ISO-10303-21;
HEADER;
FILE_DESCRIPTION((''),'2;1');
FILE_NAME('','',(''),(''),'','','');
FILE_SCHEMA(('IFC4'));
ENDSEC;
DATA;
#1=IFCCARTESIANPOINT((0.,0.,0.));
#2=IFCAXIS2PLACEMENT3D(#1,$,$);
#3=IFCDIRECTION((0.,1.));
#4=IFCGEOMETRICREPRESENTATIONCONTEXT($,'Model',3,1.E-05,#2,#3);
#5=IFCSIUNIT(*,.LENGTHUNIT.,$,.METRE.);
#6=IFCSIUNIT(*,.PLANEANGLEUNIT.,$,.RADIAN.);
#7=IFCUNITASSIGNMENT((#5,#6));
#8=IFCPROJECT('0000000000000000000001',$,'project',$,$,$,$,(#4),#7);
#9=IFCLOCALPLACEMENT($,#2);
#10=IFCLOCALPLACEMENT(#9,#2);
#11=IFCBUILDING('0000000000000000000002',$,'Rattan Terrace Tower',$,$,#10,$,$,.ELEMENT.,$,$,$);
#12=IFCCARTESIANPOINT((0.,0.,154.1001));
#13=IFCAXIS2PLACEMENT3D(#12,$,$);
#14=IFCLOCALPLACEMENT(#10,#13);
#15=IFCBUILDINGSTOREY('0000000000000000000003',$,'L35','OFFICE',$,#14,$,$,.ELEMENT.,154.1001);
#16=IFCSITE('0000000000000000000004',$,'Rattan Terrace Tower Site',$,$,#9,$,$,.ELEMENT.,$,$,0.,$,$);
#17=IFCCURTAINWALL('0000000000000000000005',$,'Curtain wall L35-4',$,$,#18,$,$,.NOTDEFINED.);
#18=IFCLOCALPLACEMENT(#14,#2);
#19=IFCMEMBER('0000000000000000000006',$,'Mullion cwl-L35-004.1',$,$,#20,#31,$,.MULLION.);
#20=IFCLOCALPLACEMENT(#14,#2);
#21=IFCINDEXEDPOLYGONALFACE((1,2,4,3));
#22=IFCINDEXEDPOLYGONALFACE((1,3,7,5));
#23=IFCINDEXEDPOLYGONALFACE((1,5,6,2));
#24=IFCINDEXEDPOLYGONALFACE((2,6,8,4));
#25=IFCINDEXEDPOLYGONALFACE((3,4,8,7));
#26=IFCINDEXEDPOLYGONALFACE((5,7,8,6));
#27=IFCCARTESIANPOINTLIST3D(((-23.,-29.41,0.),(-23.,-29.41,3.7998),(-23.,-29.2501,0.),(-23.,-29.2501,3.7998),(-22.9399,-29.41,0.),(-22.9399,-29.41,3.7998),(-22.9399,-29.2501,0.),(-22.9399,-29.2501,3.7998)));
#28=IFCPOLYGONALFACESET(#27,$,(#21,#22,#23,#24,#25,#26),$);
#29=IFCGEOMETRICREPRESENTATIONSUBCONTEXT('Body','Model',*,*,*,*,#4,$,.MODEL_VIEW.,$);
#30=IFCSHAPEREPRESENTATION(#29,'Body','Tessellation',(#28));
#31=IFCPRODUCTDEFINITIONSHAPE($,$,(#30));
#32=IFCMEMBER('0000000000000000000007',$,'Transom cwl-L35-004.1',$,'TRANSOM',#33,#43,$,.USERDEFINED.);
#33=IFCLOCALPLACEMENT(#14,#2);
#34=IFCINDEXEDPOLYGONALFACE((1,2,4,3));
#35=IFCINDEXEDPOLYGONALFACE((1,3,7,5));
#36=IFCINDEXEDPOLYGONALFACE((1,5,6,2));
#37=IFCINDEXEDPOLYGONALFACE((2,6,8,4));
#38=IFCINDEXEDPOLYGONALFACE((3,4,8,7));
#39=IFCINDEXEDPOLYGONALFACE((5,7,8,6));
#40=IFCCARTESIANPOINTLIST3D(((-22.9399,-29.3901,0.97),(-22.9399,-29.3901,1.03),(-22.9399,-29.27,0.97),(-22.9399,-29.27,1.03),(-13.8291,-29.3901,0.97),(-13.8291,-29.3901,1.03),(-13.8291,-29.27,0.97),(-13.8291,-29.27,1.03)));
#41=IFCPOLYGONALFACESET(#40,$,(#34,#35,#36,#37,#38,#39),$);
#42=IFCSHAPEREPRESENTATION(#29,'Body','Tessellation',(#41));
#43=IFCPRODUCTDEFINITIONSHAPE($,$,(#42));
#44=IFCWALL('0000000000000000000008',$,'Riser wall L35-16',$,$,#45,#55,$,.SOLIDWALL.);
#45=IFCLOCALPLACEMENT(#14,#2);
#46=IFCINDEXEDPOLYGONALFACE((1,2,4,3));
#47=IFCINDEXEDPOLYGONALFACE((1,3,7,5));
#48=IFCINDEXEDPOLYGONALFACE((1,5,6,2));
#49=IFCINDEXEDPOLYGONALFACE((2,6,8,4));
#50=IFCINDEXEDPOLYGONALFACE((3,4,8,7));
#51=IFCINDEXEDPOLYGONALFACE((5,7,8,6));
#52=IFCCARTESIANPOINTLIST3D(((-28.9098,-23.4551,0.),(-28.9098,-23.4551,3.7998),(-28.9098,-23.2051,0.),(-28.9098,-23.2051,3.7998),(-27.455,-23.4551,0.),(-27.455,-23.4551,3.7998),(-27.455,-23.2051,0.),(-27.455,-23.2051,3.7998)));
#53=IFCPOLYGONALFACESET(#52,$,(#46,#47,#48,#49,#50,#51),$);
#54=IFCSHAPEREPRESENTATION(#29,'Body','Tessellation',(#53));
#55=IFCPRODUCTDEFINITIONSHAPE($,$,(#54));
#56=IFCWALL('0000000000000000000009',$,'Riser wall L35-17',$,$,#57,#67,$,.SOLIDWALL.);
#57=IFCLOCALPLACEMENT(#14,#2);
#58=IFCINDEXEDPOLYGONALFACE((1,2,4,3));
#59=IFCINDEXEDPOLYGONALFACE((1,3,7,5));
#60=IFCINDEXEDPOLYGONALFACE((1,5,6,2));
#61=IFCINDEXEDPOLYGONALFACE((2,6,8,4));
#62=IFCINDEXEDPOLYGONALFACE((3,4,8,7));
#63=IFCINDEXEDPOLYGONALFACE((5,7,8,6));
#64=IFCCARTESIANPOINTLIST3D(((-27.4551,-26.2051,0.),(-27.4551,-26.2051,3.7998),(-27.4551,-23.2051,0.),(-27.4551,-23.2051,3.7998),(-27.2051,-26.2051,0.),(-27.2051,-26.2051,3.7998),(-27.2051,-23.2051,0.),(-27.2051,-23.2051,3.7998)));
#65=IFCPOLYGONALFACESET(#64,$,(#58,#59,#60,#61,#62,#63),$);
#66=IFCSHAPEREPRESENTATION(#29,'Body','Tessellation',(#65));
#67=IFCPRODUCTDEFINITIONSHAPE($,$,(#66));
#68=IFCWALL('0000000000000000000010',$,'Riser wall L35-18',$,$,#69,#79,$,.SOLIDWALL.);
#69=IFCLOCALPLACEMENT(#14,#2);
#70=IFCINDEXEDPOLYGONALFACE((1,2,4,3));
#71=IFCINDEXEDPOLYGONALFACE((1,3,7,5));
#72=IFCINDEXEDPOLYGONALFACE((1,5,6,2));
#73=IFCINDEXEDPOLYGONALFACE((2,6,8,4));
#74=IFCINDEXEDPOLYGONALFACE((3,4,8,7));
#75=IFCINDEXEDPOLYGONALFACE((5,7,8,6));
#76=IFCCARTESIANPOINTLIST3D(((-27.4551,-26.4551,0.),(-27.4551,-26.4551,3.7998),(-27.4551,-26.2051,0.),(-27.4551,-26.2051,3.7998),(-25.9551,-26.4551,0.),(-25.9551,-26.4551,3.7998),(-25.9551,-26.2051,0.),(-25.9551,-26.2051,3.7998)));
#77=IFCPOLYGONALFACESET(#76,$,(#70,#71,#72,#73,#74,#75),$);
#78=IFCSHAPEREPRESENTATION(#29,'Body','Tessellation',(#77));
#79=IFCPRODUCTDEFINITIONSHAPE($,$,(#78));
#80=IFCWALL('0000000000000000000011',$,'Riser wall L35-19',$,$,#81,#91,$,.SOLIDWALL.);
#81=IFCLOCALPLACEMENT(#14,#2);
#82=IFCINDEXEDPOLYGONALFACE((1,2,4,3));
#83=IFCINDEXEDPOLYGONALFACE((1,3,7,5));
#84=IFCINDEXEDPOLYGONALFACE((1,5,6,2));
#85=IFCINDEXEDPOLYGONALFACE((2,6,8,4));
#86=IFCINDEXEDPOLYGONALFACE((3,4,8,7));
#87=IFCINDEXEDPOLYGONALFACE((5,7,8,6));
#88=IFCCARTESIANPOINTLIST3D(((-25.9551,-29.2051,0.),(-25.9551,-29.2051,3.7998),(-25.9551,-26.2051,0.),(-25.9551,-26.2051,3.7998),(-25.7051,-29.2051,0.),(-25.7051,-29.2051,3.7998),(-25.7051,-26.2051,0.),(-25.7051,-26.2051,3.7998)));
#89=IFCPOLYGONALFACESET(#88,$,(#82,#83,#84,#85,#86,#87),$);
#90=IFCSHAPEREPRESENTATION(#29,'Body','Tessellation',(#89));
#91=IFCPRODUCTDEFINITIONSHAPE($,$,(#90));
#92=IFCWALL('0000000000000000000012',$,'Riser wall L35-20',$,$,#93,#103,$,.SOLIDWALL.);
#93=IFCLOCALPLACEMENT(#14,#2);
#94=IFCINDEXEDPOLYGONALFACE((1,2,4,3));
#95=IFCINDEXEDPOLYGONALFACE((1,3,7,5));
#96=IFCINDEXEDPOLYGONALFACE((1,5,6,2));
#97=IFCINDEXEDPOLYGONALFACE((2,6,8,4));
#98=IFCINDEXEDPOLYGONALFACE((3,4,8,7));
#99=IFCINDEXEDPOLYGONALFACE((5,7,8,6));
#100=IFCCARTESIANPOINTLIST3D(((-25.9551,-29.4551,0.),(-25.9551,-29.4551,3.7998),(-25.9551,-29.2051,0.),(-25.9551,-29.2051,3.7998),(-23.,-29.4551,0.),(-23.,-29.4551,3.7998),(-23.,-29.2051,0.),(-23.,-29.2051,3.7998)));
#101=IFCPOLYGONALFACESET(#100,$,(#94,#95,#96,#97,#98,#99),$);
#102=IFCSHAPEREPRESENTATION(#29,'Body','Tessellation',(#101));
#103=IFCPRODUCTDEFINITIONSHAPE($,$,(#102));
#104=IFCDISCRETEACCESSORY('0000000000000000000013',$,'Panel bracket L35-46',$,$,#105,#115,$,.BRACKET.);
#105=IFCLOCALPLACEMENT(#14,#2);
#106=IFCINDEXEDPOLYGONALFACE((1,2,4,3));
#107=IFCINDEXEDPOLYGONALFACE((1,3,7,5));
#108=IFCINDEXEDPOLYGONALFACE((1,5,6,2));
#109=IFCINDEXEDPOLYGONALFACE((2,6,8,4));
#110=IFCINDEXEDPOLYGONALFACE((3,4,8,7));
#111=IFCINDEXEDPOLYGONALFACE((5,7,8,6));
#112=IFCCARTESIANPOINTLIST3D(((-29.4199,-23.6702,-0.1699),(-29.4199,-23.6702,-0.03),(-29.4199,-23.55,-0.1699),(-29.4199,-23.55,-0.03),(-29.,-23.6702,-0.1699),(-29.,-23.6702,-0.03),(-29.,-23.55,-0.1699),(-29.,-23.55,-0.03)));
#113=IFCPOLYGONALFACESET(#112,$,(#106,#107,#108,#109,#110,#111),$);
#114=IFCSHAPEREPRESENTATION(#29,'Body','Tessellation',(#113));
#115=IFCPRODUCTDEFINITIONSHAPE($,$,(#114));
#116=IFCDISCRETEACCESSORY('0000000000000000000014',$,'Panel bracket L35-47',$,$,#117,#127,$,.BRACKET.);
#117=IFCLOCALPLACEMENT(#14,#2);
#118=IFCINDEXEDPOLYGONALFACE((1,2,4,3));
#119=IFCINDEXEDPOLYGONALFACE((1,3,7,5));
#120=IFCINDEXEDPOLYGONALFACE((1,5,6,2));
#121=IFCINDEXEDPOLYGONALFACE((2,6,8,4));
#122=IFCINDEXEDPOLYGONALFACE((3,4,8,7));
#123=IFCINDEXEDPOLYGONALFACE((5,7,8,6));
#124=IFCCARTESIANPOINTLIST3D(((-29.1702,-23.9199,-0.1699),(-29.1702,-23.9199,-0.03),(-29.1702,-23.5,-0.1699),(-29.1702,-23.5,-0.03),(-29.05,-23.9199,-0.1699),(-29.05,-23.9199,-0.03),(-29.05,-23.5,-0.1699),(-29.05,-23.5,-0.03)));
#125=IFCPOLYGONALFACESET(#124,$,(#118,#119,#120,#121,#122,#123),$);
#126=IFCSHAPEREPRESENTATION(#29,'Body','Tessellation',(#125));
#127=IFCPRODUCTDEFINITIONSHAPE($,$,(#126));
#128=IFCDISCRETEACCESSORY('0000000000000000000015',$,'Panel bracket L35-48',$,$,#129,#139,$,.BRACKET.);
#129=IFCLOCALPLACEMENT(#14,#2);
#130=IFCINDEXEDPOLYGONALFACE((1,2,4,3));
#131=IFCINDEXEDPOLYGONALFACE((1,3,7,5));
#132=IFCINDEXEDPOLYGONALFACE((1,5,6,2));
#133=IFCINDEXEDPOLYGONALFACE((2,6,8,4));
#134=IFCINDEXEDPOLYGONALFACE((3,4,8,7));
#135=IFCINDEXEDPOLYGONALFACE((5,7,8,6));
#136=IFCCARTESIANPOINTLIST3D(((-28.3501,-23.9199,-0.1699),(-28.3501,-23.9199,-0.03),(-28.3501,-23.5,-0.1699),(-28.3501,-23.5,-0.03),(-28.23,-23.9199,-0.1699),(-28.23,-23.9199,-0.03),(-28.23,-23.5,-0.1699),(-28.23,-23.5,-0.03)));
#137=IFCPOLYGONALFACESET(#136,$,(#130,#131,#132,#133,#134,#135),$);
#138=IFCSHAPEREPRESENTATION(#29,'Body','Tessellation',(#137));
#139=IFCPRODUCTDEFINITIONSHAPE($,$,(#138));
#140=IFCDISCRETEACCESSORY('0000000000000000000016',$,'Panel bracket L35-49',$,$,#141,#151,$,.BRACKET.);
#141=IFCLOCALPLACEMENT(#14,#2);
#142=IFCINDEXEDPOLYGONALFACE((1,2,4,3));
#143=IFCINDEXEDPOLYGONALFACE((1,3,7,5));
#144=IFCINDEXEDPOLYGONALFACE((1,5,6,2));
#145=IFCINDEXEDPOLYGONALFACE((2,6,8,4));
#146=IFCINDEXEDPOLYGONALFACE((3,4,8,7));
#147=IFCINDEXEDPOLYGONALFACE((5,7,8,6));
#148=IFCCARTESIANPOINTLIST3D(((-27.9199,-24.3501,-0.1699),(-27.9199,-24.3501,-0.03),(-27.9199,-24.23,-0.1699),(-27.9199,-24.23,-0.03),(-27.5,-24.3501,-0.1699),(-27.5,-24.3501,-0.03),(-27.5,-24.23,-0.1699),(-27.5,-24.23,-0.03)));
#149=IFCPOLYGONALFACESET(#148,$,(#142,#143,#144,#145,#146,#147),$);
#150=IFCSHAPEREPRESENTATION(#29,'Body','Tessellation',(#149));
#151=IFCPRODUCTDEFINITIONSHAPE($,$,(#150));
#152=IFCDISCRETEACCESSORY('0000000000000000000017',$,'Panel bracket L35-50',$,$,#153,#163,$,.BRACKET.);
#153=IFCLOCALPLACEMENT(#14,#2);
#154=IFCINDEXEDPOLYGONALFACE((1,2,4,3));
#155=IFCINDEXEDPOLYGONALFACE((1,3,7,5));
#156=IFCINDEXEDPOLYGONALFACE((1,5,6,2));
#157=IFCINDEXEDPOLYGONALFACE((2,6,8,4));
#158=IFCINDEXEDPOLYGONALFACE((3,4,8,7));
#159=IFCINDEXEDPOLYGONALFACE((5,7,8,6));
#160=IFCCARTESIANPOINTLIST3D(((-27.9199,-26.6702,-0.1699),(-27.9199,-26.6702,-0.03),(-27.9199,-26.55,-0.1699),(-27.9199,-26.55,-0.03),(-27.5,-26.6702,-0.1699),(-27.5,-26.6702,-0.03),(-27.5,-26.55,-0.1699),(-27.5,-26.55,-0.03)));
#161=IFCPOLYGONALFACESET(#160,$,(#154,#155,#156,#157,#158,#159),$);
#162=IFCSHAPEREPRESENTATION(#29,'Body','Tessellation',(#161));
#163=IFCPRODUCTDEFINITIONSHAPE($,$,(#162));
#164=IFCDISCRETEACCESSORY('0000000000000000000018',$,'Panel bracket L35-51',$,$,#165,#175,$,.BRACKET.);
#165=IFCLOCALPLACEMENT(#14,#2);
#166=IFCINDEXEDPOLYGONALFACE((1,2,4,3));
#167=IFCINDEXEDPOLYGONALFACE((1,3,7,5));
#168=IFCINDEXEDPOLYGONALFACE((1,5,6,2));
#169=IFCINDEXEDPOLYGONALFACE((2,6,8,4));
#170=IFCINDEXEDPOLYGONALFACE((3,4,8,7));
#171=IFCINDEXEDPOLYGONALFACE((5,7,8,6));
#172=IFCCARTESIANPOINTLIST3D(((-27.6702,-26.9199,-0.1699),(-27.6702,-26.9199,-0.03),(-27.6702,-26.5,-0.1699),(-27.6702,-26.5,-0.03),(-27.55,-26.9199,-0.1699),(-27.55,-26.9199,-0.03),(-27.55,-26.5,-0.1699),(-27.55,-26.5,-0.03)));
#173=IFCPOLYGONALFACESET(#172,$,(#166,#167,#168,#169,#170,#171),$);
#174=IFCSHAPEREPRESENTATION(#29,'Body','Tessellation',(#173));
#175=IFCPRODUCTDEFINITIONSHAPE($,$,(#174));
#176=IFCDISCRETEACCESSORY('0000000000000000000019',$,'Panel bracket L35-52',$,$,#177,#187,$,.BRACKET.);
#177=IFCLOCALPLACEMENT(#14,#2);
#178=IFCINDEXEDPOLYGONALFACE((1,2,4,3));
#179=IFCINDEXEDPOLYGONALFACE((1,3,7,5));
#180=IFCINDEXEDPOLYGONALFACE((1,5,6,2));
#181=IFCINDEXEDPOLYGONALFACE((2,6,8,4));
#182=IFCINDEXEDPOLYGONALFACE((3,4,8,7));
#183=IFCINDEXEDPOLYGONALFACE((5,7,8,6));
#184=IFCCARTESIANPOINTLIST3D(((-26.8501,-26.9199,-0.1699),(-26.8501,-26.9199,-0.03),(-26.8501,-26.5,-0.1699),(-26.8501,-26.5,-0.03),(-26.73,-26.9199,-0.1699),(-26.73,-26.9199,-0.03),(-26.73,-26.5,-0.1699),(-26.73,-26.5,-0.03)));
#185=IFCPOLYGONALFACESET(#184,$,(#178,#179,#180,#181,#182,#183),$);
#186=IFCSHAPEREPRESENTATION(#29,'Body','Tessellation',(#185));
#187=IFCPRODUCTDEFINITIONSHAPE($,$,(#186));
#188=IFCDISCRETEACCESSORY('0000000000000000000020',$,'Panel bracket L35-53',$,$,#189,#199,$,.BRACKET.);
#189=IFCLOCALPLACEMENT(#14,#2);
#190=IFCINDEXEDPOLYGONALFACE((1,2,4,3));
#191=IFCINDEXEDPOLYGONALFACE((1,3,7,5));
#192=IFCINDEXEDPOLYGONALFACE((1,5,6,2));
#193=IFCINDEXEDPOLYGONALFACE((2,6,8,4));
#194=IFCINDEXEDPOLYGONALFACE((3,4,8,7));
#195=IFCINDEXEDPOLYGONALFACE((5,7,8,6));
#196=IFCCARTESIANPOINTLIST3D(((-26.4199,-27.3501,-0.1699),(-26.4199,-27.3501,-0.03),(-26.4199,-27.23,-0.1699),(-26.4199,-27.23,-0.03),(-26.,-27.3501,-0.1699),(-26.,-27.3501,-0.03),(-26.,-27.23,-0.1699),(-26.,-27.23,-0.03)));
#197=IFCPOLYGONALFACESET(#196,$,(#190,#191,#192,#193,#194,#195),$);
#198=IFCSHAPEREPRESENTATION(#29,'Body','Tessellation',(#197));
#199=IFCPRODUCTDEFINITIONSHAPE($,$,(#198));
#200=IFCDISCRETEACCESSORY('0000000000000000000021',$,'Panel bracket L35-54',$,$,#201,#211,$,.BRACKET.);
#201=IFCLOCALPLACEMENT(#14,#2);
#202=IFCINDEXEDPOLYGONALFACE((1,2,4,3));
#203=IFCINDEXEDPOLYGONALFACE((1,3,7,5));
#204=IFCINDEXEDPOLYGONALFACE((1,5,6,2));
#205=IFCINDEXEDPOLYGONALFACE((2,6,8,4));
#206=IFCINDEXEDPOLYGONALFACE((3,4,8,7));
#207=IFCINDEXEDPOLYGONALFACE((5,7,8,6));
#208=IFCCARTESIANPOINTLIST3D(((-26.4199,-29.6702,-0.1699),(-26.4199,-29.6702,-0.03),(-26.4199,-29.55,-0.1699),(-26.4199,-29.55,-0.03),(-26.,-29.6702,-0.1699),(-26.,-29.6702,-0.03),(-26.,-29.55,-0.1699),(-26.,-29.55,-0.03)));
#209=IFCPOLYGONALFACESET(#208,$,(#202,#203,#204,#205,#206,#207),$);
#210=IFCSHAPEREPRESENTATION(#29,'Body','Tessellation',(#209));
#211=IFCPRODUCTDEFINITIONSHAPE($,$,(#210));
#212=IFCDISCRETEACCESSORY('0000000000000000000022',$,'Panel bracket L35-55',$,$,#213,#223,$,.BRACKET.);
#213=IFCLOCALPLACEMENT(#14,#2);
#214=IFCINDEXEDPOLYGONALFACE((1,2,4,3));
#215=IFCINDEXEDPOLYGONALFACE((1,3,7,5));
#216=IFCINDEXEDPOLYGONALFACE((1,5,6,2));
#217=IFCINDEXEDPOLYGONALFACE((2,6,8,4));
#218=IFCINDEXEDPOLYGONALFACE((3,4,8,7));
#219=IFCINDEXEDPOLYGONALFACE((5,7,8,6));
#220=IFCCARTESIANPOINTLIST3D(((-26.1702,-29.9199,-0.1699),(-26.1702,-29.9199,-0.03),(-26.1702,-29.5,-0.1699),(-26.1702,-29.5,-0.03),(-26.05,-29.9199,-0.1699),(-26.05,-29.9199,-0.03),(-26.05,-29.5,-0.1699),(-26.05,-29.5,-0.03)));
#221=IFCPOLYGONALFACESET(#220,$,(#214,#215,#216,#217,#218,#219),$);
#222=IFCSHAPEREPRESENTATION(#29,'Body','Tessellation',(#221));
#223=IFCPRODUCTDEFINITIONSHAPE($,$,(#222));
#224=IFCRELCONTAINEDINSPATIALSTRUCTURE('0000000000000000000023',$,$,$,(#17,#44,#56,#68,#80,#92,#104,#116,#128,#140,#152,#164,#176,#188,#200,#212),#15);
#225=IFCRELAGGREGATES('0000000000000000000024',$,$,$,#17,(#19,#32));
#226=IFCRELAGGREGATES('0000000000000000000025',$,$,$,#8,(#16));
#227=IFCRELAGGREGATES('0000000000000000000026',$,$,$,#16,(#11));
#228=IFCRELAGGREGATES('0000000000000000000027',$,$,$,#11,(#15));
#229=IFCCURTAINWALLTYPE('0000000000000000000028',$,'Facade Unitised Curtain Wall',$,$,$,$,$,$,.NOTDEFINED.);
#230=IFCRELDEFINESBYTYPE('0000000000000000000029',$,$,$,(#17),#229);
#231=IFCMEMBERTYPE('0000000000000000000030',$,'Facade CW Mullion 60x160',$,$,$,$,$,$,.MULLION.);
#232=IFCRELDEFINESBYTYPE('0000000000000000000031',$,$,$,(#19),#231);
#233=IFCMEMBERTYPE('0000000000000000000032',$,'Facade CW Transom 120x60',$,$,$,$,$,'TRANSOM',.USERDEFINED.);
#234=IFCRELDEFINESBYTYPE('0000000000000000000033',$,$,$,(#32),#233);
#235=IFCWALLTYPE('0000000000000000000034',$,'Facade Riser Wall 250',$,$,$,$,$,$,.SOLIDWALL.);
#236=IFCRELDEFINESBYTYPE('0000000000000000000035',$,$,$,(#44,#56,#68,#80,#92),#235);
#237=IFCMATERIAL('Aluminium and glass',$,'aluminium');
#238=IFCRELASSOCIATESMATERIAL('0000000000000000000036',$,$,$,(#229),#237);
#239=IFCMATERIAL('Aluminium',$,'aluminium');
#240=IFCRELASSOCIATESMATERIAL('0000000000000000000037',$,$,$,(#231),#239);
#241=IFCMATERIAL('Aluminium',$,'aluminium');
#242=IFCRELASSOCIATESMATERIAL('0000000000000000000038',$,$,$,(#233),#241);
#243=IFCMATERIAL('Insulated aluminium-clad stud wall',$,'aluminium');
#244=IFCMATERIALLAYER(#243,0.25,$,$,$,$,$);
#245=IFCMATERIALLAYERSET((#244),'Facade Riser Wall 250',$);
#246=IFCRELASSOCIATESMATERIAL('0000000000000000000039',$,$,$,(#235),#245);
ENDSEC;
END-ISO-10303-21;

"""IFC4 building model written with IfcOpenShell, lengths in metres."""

from ifc_helpers import new_model, si_unit, direction, frame, frame_2d, origin, origin_2d, place, context, subcontext, project, spatial, rectangle, extrude, material, layer, layer_set, material_profile, profile_set, type_object, element, aggregate, save


model = new_model("IFC4")

# Units and contexts
model_context = context("Model", 3, precision=1e-05, world=origin(), true_north=direction((0.0, 1.0)))
body_context = subcontext(model_context, "Body", "Model", "MODEL_VIEW")
ifc_project = project(units=[si_unit("LENGTHUNIT", "METRE"), si_unit("PLANEANGLEUNIT", "RADIAN")], contexts=[model_context])

# Site, building, storey
site_placement = place(None, origin())
site = spatial("IfcSite", under=ifc_project, at=site_placement, Name="Rattan Terrace Tower Site", CompositionType="ELEMENT", RefElevation=0.0)
building_placement = place(site_placement, origin())
building = spatial("IfcBuilding", under=site, at=building_placement, Name="Rattan Terrace Tower", CompositionType="ELEMENT")
storey_placement = place(building_placement, frame((0.0, 0.0, 154.1001)))
storey = spatial("IfcBuildingStorey", under=building, at=storey_placement, Name="L35", Description="OFFICE", CompositionType="ELEMENT", Elevation=154.1001)

# Curtain wall, members
ifc_material_1 = material(Name="Aluminium and glass", Category="aluminium")
curtain_wall_type = type_object("IfcCurtainWallType", Name="Facade Unitised Curtain Wall", PredefinedType="NOTDEFINED", material=ifc_material_1)
curtain_wall_placement = place(storey_placement, origin())
curtain_wall = element("IfcCurtainWall", 1, at=curtain_wall_placement, inside=storey, type_object=curtain_wall_type, Name="Curtain wall L35-4", PredefinedType="NOTDEFINED")
ifc_material_2 = material(Name="Aluminium", Category="aluminium")
ifc_material_profile_1 = material_profile(ifc_material_2, rectangle(XDim=0.0601, YDim=0.1599, at=origin_2d()), Name="Aluminium 60x160")
ifc_profile_set_1 = profile_set([ifc_material_profile_1], Name="Aluminium")
member_type_1 = type_object("IfcMemberType", Name="Facade CW Mullion 60x160", PredefinedType="MULLION", material=ifc_profile_set_1)
member_1_placement = place(storey_placement, frame((-22.97, -29.3301, 0.0), z_axis=(0.0, 0.0, 1.0), x_axis=(1.0, 0.0, 0.0)))
member_1 = element("IfcMember", 2, at=member_1_placement, type_object=member_type_1, Name="Mullion cwl-L35-004.1", PredefinedType="MULLION", context=body_context, shape_type="SweptSolid", body=[
    extrude(rectangle(XDim=0.0601, YDim=0.1599, at=origin_2d()), origin(), (0.0, 0.0, 1.0), 3.7998),
])
ifc_material_3 = material(Name="Aluminium", Category="aluminium")
ifc_material_profile_2 = material_profile(ifc_material_3, rectangle(XDim=0.1201, YDim=0.0601, at=origin_2d()), Name="Aluminium 120x60")
ifc_profile_set_2 = profile_set([ifc_material_profile_2], Name="Aluminium")
member_type_2 = type_object("IfcMemberType", Name="Facade CW Transom 120x60", ElementType="TRANSOM", PredefinedType="USERDEFINED", material=ifc_profile_set_2)
member_2_placement = place(storey_placement, frame((-22.9399, -29.3301, 1.0), z_axis=(1.0, 0.0, 0.0), x_axis=(0.0, 1.0, 0.0)))
member_2 = element("IfcMember", 3, at=member_2_placement, type_object=member_type_2, Name="Transom cwl-L35-004.1", ObjectType="TRANSOM", PredefinedType="USERDEFINED", context=body_context, shape_type="SweptSolid", body=[
    extrude(rectangle(XDim=0.1201, YDim=0.0601, at=origin_2d()), origin(), (0.0, 0.0, 1.0), 9.1108),
])
aggregate(curtain_wall, [member_1, member_2])

# Walls
ifc_material_4 = material(Name="Insulated aluminium-clad stud wall", Category="aluminium")
ifc_layer = layer(ifc_material_4, 0.25)
ifc_layer_set = layer_set([ifc_layer], Name="Facade Riser Wall 250")
wall_type = type_object("IfcWallType", Name="Facade Riser Wall 250", PredefinedType="SOLIDWALL", material=ifc_layer_set)
wall_1_placement = place(storey_placement, frame((-28.9099, -23.3301, 0.0), z_axis=(0.0, 0.0, 1.0), x_axis=(1.0, 0.0, 0.0)))
element("IfcWall", 4, at=wall_1_placement, inside=storey, type_object=wall_type, Name="Riser wall L35-16", PredefinedType="SOLIDWALL", context=body_context, shape_type="SweptSolid", body=[
    extrude(rectangle(XDim=1.4548, YDim=0.25, at=frame_2d((0.7275, 0.0))), origin(), (0.0, 0.0, 1.0), 3.7998),
])
wall_2_placement = place(storey_placement, frame((-27.3301, -23.2051, 0.0), z_axis=(0.0, 0.0, 1.0), x_axis=(0.0, -1.0, 0.0)))
element("IfcWall", 5, at=wall_2_placement, inside=storey, type_object=wall_type, Name="Riser wall L35-17", PredefinedType="SOLIDWALL", context=body_context, shape_type="SweptSolid", body=[
    extrude(rectangle(XDim=3.0, YDim=0.25, at=frame_2d((1.5, 0.0))), origin(), (0.0, 0.0, 1.0), 3.7998),
])
wall_3_placement = place(storey_placement, frame((-27.4551, -26.3301, 0.0), z_axis=(0.0, 0.0, 1.0), x_axis=(1.0, 0.0, 0.0)))
element("IfcWall", 6, at=wall_3_placement, inside=storey, type_object=wall_type, Name="Riser wall L35-18", PredefinedType="SOLIDWALL", context=body_context, shape_type="SweptSolid", body=[
    extrude(rectangle(XDim=1.5, YDim=0.25, at=frame_2d((0.75, 0.0))), origin(), (0.0, 0.0, 1.0), 3.7998),
])
wall_4_placement = place(storey_placement, frame((-25.8301, -26.2051, 0.0), z_axis=(0.0, 0.0, 1.0), x_axis=(0.0, -1.0, 0.0)))
element("IfcWall", 7, at=wall_4_placement, inside=storey, type_object=wall_type, Name="Riser wall L35-19", PredefinedType="SOLIDWALL", context=body_context, shape_type="SweptSolid", body=[
    extrude(rectangle(XDim=3.0, YDim=0.25, at=frame_2d((1.5, 0.0))), origin(), (0.0, 0.0, 1.0), 3.7998),
])
wall_5_placement = place(storey_placement, frame((-25.9551, -29.3301, 0.0), z_axis=(0.0, 0.0, 1.0), x_axis=(1.0, 0.0, 0.0)))
element("IfcWall", 8, at=wall_5_placement, inside=storey, type_object=wall_type, Name="Riser wall L35-20", PredefinedType="SOLIDWALL", context=body_context, shape_type="SweptSolid", body=[
    extrude(rectangle(XDim=2.9551, YDim=0.25, at=frame_2d((1.4775, 0.0))), origin(), (0.0, 0.0, 1.0), 3.7998),
])

# Discrete accessories
for number, where, z_axis, x_axis, name in (
    (9, (-29.21, -23.6101, -0.1699), (0.0, 0.0, 1.0), (0.0, -1.0, 0.0), "Panel bracket L35-46"),
    (10, (-29.1101, -23.71, -0.1699), (0.0, 0.0, 1.0), (1.0, 0.0, 0.0), "Panel bracket L35-47"),
    (11, (-28.29, -23.71, -0.1699), (0.0, 0.0, 1.0), (1.0, 0.0, 0.0), "Panel bracket L35-48"),
    (12, (-27.71, -24.29, -0.1699), (0.0, 0.0, 1.0), (0.0, -1.0, 0.0), "Panel bracket L35-49"),
    (13, (-27.71, -26.6101, -0.1699), (0.0, 0.0, 1.0), (0.0, -1.0, 0.0), "Panel bracket L35-50"),
    (14, (-27.6101, -26.71, -0.1699), (0.0, 0.0, 1.0), (1.0, 0.0, 0.0), "Panel bracket L35-51"),
    (15, (-26.79, -26.71, -0.1699), (0.0, 0.0, 1.0), (1.0, 0.0, 0.0), "Panel bracket L35-52"),
    (16, (-26.21, -27.29, -0.1699), (0.0, 0.0, 1.0), (0.0, -1.0, 0.0), "Panel bracket L35-53"),
    (17, (-26.21, -29.6101, -0.1699), (0.0, 0.0, 1.0), (0.0, -1.0, 0.0), "Panel bracket L35-54"),
    (18, (-26.1101, -29.71, -0.1699), (0.0, 0.0, 1.0), (1.0, 0.0, 0.0), "Panel bracket L35-55"),
):
    element("IfcDiscreteAccessory", number, at=place(storey_placement, frame(where, z_axis=z_axis, x_axis=x_axis)), inside=storey, Name=name, PredefinedType="BRACKET", context=body_context, shape_type="SweptSolid", body=[
        extrude(rectangle(XDim=0.1201, YDim=0.4199, at=origin_2d()), origin(), (0.0, 0.0, 1.0), 0.1399),
    ])

save(model, "model.ifc")
